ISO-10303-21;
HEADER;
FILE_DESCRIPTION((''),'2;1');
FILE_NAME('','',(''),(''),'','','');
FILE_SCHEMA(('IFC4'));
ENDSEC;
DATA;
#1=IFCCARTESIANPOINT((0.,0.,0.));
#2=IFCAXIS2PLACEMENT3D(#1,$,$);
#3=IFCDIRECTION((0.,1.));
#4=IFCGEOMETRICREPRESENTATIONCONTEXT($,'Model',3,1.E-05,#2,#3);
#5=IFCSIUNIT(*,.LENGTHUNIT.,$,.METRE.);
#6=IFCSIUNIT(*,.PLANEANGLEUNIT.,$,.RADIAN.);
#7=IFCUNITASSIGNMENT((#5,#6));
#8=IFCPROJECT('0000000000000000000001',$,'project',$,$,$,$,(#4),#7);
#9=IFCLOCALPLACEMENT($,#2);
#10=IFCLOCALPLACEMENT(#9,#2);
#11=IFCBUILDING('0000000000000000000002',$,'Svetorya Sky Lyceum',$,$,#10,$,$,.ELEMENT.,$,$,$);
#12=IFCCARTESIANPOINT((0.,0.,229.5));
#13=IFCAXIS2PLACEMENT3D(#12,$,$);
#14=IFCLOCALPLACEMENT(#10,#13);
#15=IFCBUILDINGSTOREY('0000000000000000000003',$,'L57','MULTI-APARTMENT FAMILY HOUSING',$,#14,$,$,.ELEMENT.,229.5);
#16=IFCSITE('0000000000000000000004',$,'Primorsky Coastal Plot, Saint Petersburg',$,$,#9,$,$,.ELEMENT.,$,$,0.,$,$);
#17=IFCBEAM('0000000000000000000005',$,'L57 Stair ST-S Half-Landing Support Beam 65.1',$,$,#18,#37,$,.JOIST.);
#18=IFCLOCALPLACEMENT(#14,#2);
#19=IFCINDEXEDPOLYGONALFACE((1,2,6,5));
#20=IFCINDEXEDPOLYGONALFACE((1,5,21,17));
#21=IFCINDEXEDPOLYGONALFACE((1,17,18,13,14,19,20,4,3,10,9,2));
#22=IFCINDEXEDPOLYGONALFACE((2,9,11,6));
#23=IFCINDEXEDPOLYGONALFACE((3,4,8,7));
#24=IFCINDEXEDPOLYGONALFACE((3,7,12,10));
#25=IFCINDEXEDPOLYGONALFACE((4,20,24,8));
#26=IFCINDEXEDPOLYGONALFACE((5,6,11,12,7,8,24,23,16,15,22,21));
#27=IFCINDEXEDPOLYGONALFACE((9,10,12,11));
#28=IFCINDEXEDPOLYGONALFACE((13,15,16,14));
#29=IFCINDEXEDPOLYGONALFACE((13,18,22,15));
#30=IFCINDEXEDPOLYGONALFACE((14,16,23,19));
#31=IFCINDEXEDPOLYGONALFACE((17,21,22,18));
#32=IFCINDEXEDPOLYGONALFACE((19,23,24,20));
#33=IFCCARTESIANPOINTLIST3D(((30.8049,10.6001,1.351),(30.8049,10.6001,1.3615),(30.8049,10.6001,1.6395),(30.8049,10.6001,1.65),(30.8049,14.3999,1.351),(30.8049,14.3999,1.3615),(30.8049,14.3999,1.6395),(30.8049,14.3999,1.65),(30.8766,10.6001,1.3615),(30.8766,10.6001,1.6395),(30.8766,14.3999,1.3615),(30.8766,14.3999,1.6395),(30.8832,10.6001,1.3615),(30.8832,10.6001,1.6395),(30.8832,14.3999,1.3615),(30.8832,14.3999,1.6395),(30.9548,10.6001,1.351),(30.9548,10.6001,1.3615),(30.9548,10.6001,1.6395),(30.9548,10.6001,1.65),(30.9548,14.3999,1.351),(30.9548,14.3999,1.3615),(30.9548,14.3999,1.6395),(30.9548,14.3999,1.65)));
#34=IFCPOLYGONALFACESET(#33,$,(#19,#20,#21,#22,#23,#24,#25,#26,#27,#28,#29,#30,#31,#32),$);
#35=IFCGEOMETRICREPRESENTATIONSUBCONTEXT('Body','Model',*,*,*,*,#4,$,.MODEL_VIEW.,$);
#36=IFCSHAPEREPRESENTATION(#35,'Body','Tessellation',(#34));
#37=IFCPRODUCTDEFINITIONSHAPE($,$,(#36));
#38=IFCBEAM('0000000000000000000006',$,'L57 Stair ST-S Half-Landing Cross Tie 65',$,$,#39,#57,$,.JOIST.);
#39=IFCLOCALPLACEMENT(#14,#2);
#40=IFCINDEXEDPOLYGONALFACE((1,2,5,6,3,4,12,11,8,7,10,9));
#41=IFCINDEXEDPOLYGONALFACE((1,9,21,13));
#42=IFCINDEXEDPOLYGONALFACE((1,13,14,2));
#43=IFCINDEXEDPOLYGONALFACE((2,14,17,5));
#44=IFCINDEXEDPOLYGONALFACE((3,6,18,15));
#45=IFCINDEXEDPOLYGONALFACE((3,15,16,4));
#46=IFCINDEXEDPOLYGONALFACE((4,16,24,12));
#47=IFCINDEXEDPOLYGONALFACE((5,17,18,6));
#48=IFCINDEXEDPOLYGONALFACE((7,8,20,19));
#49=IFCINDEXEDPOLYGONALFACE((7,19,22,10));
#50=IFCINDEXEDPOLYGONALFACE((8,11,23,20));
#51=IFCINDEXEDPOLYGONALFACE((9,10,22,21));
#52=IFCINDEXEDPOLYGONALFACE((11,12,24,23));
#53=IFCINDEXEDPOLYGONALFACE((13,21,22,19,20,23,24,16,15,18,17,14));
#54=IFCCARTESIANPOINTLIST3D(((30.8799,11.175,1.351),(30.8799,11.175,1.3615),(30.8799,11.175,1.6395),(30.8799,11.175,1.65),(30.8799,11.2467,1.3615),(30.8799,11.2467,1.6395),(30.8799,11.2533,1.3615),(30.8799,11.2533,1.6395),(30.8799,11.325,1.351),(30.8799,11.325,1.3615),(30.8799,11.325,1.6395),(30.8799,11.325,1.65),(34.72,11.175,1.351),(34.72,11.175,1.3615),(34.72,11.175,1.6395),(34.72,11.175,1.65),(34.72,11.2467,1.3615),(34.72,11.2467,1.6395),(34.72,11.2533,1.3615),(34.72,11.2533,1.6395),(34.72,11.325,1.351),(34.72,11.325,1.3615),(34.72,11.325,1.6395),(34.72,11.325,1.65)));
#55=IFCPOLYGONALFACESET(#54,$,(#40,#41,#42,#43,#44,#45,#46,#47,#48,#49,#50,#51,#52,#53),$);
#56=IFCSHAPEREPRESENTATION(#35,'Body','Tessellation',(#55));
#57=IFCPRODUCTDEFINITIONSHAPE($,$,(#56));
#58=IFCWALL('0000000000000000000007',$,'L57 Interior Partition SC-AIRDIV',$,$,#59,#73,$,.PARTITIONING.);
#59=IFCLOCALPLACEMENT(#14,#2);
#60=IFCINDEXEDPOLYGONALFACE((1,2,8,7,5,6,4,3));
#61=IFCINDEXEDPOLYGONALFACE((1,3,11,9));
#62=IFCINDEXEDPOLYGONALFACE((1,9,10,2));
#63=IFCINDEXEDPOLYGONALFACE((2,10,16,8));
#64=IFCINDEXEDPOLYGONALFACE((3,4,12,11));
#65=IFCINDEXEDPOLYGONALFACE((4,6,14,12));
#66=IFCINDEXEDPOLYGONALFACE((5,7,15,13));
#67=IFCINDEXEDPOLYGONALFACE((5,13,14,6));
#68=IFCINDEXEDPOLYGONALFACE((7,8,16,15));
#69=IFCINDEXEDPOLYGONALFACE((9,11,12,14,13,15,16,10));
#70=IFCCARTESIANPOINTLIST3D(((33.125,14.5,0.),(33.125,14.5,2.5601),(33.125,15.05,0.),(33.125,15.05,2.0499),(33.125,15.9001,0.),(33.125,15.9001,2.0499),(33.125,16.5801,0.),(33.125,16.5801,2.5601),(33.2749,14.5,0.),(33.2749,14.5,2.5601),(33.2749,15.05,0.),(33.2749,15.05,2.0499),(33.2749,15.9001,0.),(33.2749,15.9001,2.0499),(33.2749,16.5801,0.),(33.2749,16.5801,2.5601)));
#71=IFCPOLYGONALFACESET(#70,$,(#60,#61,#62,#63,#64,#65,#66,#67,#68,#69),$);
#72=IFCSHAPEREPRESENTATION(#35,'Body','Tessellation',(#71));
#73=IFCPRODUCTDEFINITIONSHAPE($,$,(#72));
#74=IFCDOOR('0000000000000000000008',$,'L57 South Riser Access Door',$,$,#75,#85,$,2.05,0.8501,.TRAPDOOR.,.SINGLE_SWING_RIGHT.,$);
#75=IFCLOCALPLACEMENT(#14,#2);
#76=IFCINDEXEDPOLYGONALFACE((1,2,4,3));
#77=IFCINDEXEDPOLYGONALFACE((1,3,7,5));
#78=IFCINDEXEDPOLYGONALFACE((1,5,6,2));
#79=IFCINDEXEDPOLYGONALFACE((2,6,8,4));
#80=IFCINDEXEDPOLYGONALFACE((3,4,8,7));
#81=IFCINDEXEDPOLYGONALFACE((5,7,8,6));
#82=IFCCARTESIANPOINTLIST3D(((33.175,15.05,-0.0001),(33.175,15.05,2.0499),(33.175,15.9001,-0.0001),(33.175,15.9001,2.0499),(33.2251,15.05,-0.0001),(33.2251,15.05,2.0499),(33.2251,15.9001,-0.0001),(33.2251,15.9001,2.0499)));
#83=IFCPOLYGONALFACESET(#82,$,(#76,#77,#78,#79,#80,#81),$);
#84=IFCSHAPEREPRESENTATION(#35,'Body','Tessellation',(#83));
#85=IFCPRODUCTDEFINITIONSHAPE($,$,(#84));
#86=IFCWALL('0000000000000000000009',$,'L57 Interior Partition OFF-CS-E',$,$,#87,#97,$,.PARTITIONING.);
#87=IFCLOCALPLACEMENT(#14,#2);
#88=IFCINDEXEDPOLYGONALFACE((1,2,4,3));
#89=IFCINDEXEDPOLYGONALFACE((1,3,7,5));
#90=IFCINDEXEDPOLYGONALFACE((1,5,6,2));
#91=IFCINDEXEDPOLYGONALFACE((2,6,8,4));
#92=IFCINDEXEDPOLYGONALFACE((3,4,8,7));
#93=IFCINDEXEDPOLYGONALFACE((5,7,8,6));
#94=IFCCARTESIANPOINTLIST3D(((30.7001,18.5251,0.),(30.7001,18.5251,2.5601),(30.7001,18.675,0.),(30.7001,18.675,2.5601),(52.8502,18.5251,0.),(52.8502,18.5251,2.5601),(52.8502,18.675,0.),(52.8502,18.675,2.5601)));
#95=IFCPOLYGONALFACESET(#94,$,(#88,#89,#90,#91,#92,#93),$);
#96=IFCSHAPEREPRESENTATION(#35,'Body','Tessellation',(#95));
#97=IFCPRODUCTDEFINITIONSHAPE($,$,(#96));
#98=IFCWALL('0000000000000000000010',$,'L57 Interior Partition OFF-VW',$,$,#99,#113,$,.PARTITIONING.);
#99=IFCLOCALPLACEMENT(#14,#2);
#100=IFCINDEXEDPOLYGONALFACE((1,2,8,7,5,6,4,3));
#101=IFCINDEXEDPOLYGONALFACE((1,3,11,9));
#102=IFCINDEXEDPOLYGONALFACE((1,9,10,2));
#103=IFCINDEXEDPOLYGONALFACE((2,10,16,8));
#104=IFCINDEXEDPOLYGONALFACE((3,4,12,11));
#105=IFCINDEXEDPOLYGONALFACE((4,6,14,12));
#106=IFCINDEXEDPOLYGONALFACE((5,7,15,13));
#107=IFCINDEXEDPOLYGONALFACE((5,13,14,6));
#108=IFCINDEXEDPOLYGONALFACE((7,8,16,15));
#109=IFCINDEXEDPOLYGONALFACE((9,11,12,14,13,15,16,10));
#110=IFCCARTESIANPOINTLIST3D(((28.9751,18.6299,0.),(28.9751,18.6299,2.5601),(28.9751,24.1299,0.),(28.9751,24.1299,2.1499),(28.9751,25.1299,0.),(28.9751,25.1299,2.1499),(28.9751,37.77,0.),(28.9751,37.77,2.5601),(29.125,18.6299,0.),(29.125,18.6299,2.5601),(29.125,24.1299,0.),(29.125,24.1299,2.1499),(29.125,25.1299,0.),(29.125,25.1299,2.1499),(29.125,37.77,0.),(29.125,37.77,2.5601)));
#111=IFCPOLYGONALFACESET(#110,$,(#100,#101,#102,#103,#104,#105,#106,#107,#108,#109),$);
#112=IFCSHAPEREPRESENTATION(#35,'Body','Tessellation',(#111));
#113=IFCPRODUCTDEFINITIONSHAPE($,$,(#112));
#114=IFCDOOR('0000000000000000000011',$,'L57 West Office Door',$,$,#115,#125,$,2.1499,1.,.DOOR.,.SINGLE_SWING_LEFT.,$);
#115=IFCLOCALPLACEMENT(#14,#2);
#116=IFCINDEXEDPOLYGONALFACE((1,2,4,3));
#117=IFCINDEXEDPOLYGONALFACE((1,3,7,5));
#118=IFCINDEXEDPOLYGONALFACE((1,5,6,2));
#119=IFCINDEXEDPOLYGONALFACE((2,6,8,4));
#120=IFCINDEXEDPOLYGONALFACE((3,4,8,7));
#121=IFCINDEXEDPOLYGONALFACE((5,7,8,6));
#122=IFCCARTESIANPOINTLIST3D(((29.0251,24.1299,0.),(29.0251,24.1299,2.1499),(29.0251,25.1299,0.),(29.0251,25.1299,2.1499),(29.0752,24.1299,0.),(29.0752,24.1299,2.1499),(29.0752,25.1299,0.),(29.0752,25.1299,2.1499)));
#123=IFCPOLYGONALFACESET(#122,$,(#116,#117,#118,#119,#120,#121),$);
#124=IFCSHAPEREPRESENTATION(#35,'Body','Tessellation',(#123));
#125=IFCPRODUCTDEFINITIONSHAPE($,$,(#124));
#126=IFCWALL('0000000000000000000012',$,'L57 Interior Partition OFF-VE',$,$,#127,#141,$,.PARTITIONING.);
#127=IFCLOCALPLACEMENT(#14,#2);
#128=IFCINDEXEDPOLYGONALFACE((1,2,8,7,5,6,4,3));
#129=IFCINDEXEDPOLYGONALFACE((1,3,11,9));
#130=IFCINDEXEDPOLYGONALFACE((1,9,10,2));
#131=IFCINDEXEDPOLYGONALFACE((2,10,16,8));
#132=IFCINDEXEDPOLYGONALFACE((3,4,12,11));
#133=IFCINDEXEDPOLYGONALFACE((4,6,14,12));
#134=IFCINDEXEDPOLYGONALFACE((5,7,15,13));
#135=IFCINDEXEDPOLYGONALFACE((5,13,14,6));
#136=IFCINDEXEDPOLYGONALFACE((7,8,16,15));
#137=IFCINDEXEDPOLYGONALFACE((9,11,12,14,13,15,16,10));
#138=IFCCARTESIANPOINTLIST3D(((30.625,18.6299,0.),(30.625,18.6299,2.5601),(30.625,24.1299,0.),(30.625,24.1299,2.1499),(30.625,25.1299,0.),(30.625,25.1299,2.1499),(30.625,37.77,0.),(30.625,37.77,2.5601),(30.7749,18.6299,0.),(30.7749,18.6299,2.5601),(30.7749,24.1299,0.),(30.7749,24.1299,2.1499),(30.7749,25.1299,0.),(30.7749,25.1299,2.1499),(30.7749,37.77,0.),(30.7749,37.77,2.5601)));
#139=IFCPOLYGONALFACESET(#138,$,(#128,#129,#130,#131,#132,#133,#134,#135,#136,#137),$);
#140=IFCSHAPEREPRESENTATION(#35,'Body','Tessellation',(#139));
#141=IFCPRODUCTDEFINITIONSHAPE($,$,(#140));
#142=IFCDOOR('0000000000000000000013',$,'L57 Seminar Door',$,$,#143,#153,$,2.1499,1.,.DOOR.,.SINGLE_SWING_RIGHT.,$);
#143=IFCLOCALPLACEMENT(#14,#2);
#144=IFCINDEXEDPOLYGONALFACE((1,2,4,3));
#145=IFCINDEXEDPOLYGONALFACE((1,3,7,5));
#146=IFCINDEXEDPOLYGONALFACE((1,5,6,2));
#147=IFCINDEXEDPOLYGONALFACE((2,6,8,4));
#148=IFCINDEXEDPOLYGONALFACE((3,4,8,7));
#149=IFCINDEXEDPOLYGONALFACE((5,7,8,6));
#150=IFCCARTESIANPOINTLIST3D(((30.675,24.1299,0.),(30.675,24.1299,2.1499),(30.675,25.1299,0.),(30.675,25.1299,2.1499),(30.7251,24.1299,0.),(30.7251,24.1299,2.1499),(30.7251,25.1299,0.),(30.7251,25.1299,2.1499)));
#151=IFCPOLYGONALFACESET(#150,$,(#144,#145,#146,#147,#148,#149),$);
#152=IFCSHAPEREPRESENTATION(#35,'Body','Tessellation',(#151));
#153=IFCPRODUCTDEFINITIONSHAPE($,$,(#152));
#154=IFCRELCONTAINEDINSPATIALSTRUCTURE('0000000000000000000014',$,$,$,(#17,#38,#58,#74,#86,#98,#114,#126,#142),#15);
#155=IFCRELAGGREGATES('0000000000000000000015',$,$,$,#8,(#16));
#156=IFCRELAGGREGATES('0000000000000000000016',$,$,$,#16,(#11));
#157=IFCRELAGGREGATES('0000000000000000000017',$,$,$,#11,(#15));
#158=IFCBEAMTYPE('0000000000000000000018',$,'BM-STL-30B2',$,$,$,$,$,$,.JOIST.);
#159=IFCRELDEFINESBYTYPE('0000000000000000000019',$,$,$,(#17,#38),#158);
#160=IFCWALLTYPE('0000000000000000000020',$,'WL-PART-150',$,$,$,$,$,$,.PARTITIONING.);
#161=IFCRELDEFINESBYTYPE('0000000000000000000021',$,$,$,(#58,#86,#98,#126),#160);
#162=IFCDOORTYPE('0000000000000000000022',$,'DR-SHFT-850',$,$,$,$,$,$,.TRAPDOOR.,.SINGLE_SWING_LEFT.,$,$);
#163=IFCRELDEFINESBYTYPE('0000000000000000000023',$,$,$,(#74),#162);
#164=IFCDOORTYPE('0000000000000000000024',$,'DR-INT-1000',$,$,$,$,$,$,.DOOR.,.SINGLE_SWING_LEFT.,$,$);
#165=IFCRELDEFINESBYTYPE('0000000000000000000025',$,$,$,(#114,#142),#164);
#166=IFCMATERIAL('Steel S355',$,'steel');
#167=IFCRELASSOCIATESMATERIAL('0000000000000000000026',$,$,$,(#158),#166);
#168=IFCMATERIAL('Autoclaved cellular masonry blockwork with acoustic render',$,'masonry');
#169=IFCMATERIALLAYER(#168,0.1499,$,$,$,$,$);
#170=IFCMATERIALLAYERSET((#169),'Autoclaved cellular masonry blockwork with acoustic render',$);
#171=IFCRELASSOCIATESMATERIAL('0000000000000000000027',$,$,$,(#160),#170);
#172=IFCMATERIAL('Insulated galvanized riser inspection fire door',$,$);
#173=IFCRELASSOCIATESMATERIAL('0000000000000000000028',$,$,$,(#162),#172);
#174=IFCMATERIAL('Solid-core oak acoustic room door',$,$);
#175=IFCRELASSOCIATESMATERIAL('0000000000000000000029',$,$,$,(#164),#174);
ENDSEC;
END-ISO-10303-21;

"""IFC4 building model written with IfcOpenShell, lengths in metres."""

from ifc_helpers import new_model, si_unit, direction, frame, frame_2d, origin, origin_2d, place, context, subcontext, project, spatial, rectangle, i_section, extrude, material, layer, layer_set, material_profile, profile_set, type_object, element, fill, save


model = new_model("IFC4")

# Units and contexts
model_context = context("Model", 3, precision=1e-05, world=origin(), true_north=direction((0.0, 1.0)))
body_context = subcontext(model_context, "Body", "Model", "MODEL_VIEW")
ifc_project = project(units=[si_unit("LENGTHUNIT", "METRE"), si_unit("PLANEANGLEUNIT", "RADIAN")], contexts=[model_context])

# Site, building, storey
site_placement = place(None, origin())
site = spatial("IfcSite", under=ifc_project, at=site_placement, Name="Primorsky Coastal Plot, Saint Petersburg", CompositionType="ELEMENT", RefElevation=0.0)
building_placement = place(site_placement, origin())
building = spatial("IfcBuilding", under=site, at=building_placement, Name="Svetorya Sky Lyceum", CompositionType="ELEMENT")
storey_placement = place(building_placement, frame((0.0, 0.0, 229.5)))
storey = spatial("IfcBuildingStorey", under=building, at=storey_placement, Name="L57", Description="MULTI-APARTMENT FAMILY HOUSING", CompositionType="ELEMENT", Elevation=229.5)

# Beams
ifc_material_1 = material(Name="Steel S355", Category="steel")
ifc_material_profile = material_profile(ifc_material_1, i_section(OverallWidth=0.1499, OverallDepth=0.2991, WebThickness=0.0066, FlangeThickness=0.0105, at=origin_2d()), Name="GOST 30B2")
ifc_profile_set = profile_set([ifc_material_profile], Name="Steel S355")
beam_type = type_object("IfcBeamType", Name="BM-STL-30B2", PredefinedType="JOIST", material=ifc_profile_set)
beam_1_placement = place(storey_placement, frame((30.8799, 10.6001, 1.5005), z_axis=(0.0, 1.0, 0.0), x_axis=(-1.0, 0.0, 0.0)))
element("IfcBeam", 1, at=beam_1_placement, inside=storey, type_object=beam_type, Name="L57 Stair ST-S Half-Landing Support Beam 65.1", PredefinedType="JOIST", context=body_context, shape_type="SweptSolid", body=[
    extrude(i_section(OverallWidth=0.1499, OverallDepth=0.2991, WebThickness=0.0066, FlangeThickness=0.0105, at=origin_2d()), origin(), (0.0, 0.0, 1.0), 3.7998),
])
beam_2_placement = place(storey_placement, frame((30.8799, 11.25, 1.5005), z_axis=(1.0, 0.0, 0.0), x_axis=(0.0, 1.0, 0.0)))
element("IfcBeam", 2, at=beam_2_placement, inside=storey, type_object=beam_type, Name="L57 Stair ST-S Half-Landing Cross Tie 65", PredefinedType="JOIST", context=body_context, shape_type="SweptSolid", body=[
    extrude(i_section(OverallWidth=0.1499, OverallDepth=0.2991, WebThickness=0.0066, FlangeThickness=0.0105, at=origin_2d()), origin(), (0.0, 0.0, 1.0), 3.8401),
])

# Wall, opening, door
ifc_material_2 = material(Name="Autoclaved cellular masonry blockwork with acoustic render", Category="masonry")
ifc_layer = layer(ifc_material_2, 0.1499)
ifc_layer_set = layer_set([ifc_layer], Name="Autoclaved cellular masonry blockwork with acoustic render")
wall_type = type_object("IfcWallType", Name="WL-PART-150", PredefinedType="PARTITIONING", material=ifc_layer_set)
wall_1_placement = place(storey_placement, frame((33.2, 14.5, 0.0), z_axis=(0.0, 0.0, 1.0), x_axis=(0.0, 1.0, 0.0)))
wall_1 = element("IfcWall", 3, at=wall_1_placement, inside=storey, type_object=wall_type, Name="L57 Interior Partition SC-AIRDIV", PredefinedType="PARTITIONING", context=body_context, shape_type="SweptSolid", body=[
    extrude(rectangle(XDim=2.0801, YDim=0.1499, at=frame_2d((1.04, 0.0))), origin(), (0.0, 0.0, 1.0), 2.5601),
])
opening_1_placement = place(wall_1_placement, frame((0.55, 0.0, 0.0)))
opening_1 = element("IfcOpeningElement", 4, at=opening_1_placement, cuts=wall_1, PredefinedType="OPENING", context=body_context, shape_type="SweptSolid", body=[
    extrude(rectangle(XDim=0.8501, YDim=2.05, at=frame_2d((0.425, 1.0249))), frame((0.0, 0.085, 0.0), z_axis=(0.0, -1.0, 0.0), x_axis=(1.0, 0.0, 0.0)), (0.0, 0.0, 1.0), 0.1699),
])
ifc_material_3 = material(Name="Insulated galvanized riser inspection fire door")
door_type_1 = type_object("IfcDoorType", Name="DR-SHFT-850", OperationType="SINGLE_SWING_LEFT", PredefinedType="TRAPDOOR", material=ifc_material_3)
door_1_placement = place(opening_1_placement, origin())
door_1 = element("IfcDoor", 5, at=door_1_placement, inside=storey, type_object=door_type_1, Name="L57 South Riser Access Door", OperationType="SINGLE_SWING_RIGHT", OverallHeight=2.05, OverallWidth=0.8501, PredefinedType="TRAPDOOR", context=body_context, shape_type="SweptSolid", body=[
    extrude(rectangle(XDim=0.8501, YDim=2.05, at=frame_2d((0.425, 1.0249))), frame((0.0, 0.0249, 0.0), z_axis=(0.0, -1.0, 0.0), x_axis=(1.0, 0.0, 0.0)), (0.0, 0.0, 1.0), 0.05),
])
fill(opening_1, door_1)

# Wall
wall_2_placement = place(storey_placement, frame((30.7, 18.6001, 0.0), z_axis=(0.0, 0.0, 1.0), x_axis=(1.0, 0.0, 0.0)))
element("IfcWall", 6, at=wall_2_placement, inside=storey, type_object=wall_type, Name="L57 Interior Partition OFF-CS-E", PredefinedType="PARTITIONING", context=body_context, shape_type="SweptSolid", body=[
    extrude(rectangle(XDim=22.1501, YDim=0.1499, at=frame_2d((11.0752, 0.0))), origin(), (0.0, 0.0, 1.0), 2.5601),
])

# Walls, openings, doors
wall_3_placement = place(storey_placement, frame((29.05, 18.6299, 0.0), z_axis=(0.0, 0.0, 1.0), x_axis=(0.0, 1.0, 0.0)))
wall_3 = element("IfcWall", 7, at=wall_3_placement, inside=storey, type_object=wall_type, Name="L57 Interior Partition OFF-VW", PredefinedType="PARTITIONING", context=body_context, shape_type="SweptSolid", body=[
    extrude(rectangle(XDim=19.1401, YDim=0.1499, at=frame_2d((9.5701, 0.0))), origin(), (0.0, 0.0, 1.0), 2.5601),
])
opening_2_placement = place(wall_3_placement, frame((5.5, 0.0, 0.0)))
opening_2 = element("IfcOpeningElement", 8, at=opening_2_placement, cuts=wall_3, PredefinedType="OPENING", context=body_context, shape_type="SweptSolid", body=[
    extrude(rectangle(XDim=1.0, YDim=2.1499, at=frame_2d((0.5, 1.075))), frame((0.0, 0.085, 0.0), z_axis=(0.0, -1.0, 0.0), x_axis=(1.0, 0.0, 0.0)), (0.0, 0.0, 1.0), 0.1699),
])
ifc_material_4 = material(Name="Solid-core oak acoustic room door")
door_type_2 = type_object("IfcDoorType", Name="DR-INT-1000", OperationType="SINGLE_SWING_LEFT", PredefinedType="DOOR", material=ifc_material_4)
door_2_placement = place(opening_2_placement, origin())
door_2 = element("IfcDoor", 9, at=door_2_placement, inside=storey, type_object=door_type_2, Name="L57 West Office Door", OperationType="SINGLE_SWING_LEFT", OverallHeight=2.1499, OverallWidth=1.0, PredefinedType="DOOR", context=body_context, shape_type="SweptSolid", body=[
    extrude(rectangle(XDim=1.0, YDim=2.1499, at=frame_2d((0.5, 1.075))), frame((0.0, 0.0249, 0.0), z_axis=(0.0, -1.0, 0.0), x_axis=(1.0, 0.0, 0.0)), (0.0, 0.0, 1.0), 0.05),
])
fill(opening_2, door_2)
wall_4_placement = place(storey_placement, frame((30.7, 18.6299, 0.0), z_axis=(0.0, 0.0, 1.0), x_axis=(0.0, 1.0, 0.0)))
wall_4 = element("IfcWall", 10, at=wall_4_placement, inside=storey, type_object=wall_type, Name="L57 Interior Partition OFF-VE", PredefinedType="PARTITIONING", context=body_context, shape_type="SweptSolid", body=[
    extrude(rectangle(XDim=19.1401, YDim=0.1499, at=frame_2d((9.5701, 0.0))), origin(), (0.0, 0.0, 1.0), 2.5601),
])
opening_3_placement = place(wall_4_placement, frame((5.5, 0.0, 0.0)))
opening_3 = element("IfcOpeningElement", 11, at=opening_3_placement, cuts=wall_4, PredefinedType="OPENING", context=body_context, shape_type="SweptSolid", body=[
    extrude(rectangle(XDim=1.0, YDim=2.1499, at=frame_2d((0.5, 1.075))), frame((0.0, 0.085, 0.0), z_axis=(0.0, -1.0, 0.0), x_axis=(1.0, 0.0, 0.0)), (0.0, 0.0, 1.0), 0.1699),
])
door_3_placement = place(opening_3_placement, origin())
door_3 = element("IfcDoor", 12, at=door_3_placement, inside=storey, type_object=door_type_2, Name="L57 Seminar Door", OperationType="SINGLE_SWING_RIGHT", OverallHeight=2.1499, OverallWidth=1.0, PredefinedType="DOOR", context=body_context, shape_type="SweptSolid", body=[
    extrude(rectangle(XDim=1.0, YDim=2.1499, at=frame_2d((0.5, 1.075))), frame((0.0, 0.0249, 0.0), z_axis=(0.0, -1.0, 0.0), x_axis=(1.0, 0.0, 0.0)), (0.0, 0.0, 1.0), 0.05),
])
fill(opening_3, door_3)

save(model, "model.ifc")
